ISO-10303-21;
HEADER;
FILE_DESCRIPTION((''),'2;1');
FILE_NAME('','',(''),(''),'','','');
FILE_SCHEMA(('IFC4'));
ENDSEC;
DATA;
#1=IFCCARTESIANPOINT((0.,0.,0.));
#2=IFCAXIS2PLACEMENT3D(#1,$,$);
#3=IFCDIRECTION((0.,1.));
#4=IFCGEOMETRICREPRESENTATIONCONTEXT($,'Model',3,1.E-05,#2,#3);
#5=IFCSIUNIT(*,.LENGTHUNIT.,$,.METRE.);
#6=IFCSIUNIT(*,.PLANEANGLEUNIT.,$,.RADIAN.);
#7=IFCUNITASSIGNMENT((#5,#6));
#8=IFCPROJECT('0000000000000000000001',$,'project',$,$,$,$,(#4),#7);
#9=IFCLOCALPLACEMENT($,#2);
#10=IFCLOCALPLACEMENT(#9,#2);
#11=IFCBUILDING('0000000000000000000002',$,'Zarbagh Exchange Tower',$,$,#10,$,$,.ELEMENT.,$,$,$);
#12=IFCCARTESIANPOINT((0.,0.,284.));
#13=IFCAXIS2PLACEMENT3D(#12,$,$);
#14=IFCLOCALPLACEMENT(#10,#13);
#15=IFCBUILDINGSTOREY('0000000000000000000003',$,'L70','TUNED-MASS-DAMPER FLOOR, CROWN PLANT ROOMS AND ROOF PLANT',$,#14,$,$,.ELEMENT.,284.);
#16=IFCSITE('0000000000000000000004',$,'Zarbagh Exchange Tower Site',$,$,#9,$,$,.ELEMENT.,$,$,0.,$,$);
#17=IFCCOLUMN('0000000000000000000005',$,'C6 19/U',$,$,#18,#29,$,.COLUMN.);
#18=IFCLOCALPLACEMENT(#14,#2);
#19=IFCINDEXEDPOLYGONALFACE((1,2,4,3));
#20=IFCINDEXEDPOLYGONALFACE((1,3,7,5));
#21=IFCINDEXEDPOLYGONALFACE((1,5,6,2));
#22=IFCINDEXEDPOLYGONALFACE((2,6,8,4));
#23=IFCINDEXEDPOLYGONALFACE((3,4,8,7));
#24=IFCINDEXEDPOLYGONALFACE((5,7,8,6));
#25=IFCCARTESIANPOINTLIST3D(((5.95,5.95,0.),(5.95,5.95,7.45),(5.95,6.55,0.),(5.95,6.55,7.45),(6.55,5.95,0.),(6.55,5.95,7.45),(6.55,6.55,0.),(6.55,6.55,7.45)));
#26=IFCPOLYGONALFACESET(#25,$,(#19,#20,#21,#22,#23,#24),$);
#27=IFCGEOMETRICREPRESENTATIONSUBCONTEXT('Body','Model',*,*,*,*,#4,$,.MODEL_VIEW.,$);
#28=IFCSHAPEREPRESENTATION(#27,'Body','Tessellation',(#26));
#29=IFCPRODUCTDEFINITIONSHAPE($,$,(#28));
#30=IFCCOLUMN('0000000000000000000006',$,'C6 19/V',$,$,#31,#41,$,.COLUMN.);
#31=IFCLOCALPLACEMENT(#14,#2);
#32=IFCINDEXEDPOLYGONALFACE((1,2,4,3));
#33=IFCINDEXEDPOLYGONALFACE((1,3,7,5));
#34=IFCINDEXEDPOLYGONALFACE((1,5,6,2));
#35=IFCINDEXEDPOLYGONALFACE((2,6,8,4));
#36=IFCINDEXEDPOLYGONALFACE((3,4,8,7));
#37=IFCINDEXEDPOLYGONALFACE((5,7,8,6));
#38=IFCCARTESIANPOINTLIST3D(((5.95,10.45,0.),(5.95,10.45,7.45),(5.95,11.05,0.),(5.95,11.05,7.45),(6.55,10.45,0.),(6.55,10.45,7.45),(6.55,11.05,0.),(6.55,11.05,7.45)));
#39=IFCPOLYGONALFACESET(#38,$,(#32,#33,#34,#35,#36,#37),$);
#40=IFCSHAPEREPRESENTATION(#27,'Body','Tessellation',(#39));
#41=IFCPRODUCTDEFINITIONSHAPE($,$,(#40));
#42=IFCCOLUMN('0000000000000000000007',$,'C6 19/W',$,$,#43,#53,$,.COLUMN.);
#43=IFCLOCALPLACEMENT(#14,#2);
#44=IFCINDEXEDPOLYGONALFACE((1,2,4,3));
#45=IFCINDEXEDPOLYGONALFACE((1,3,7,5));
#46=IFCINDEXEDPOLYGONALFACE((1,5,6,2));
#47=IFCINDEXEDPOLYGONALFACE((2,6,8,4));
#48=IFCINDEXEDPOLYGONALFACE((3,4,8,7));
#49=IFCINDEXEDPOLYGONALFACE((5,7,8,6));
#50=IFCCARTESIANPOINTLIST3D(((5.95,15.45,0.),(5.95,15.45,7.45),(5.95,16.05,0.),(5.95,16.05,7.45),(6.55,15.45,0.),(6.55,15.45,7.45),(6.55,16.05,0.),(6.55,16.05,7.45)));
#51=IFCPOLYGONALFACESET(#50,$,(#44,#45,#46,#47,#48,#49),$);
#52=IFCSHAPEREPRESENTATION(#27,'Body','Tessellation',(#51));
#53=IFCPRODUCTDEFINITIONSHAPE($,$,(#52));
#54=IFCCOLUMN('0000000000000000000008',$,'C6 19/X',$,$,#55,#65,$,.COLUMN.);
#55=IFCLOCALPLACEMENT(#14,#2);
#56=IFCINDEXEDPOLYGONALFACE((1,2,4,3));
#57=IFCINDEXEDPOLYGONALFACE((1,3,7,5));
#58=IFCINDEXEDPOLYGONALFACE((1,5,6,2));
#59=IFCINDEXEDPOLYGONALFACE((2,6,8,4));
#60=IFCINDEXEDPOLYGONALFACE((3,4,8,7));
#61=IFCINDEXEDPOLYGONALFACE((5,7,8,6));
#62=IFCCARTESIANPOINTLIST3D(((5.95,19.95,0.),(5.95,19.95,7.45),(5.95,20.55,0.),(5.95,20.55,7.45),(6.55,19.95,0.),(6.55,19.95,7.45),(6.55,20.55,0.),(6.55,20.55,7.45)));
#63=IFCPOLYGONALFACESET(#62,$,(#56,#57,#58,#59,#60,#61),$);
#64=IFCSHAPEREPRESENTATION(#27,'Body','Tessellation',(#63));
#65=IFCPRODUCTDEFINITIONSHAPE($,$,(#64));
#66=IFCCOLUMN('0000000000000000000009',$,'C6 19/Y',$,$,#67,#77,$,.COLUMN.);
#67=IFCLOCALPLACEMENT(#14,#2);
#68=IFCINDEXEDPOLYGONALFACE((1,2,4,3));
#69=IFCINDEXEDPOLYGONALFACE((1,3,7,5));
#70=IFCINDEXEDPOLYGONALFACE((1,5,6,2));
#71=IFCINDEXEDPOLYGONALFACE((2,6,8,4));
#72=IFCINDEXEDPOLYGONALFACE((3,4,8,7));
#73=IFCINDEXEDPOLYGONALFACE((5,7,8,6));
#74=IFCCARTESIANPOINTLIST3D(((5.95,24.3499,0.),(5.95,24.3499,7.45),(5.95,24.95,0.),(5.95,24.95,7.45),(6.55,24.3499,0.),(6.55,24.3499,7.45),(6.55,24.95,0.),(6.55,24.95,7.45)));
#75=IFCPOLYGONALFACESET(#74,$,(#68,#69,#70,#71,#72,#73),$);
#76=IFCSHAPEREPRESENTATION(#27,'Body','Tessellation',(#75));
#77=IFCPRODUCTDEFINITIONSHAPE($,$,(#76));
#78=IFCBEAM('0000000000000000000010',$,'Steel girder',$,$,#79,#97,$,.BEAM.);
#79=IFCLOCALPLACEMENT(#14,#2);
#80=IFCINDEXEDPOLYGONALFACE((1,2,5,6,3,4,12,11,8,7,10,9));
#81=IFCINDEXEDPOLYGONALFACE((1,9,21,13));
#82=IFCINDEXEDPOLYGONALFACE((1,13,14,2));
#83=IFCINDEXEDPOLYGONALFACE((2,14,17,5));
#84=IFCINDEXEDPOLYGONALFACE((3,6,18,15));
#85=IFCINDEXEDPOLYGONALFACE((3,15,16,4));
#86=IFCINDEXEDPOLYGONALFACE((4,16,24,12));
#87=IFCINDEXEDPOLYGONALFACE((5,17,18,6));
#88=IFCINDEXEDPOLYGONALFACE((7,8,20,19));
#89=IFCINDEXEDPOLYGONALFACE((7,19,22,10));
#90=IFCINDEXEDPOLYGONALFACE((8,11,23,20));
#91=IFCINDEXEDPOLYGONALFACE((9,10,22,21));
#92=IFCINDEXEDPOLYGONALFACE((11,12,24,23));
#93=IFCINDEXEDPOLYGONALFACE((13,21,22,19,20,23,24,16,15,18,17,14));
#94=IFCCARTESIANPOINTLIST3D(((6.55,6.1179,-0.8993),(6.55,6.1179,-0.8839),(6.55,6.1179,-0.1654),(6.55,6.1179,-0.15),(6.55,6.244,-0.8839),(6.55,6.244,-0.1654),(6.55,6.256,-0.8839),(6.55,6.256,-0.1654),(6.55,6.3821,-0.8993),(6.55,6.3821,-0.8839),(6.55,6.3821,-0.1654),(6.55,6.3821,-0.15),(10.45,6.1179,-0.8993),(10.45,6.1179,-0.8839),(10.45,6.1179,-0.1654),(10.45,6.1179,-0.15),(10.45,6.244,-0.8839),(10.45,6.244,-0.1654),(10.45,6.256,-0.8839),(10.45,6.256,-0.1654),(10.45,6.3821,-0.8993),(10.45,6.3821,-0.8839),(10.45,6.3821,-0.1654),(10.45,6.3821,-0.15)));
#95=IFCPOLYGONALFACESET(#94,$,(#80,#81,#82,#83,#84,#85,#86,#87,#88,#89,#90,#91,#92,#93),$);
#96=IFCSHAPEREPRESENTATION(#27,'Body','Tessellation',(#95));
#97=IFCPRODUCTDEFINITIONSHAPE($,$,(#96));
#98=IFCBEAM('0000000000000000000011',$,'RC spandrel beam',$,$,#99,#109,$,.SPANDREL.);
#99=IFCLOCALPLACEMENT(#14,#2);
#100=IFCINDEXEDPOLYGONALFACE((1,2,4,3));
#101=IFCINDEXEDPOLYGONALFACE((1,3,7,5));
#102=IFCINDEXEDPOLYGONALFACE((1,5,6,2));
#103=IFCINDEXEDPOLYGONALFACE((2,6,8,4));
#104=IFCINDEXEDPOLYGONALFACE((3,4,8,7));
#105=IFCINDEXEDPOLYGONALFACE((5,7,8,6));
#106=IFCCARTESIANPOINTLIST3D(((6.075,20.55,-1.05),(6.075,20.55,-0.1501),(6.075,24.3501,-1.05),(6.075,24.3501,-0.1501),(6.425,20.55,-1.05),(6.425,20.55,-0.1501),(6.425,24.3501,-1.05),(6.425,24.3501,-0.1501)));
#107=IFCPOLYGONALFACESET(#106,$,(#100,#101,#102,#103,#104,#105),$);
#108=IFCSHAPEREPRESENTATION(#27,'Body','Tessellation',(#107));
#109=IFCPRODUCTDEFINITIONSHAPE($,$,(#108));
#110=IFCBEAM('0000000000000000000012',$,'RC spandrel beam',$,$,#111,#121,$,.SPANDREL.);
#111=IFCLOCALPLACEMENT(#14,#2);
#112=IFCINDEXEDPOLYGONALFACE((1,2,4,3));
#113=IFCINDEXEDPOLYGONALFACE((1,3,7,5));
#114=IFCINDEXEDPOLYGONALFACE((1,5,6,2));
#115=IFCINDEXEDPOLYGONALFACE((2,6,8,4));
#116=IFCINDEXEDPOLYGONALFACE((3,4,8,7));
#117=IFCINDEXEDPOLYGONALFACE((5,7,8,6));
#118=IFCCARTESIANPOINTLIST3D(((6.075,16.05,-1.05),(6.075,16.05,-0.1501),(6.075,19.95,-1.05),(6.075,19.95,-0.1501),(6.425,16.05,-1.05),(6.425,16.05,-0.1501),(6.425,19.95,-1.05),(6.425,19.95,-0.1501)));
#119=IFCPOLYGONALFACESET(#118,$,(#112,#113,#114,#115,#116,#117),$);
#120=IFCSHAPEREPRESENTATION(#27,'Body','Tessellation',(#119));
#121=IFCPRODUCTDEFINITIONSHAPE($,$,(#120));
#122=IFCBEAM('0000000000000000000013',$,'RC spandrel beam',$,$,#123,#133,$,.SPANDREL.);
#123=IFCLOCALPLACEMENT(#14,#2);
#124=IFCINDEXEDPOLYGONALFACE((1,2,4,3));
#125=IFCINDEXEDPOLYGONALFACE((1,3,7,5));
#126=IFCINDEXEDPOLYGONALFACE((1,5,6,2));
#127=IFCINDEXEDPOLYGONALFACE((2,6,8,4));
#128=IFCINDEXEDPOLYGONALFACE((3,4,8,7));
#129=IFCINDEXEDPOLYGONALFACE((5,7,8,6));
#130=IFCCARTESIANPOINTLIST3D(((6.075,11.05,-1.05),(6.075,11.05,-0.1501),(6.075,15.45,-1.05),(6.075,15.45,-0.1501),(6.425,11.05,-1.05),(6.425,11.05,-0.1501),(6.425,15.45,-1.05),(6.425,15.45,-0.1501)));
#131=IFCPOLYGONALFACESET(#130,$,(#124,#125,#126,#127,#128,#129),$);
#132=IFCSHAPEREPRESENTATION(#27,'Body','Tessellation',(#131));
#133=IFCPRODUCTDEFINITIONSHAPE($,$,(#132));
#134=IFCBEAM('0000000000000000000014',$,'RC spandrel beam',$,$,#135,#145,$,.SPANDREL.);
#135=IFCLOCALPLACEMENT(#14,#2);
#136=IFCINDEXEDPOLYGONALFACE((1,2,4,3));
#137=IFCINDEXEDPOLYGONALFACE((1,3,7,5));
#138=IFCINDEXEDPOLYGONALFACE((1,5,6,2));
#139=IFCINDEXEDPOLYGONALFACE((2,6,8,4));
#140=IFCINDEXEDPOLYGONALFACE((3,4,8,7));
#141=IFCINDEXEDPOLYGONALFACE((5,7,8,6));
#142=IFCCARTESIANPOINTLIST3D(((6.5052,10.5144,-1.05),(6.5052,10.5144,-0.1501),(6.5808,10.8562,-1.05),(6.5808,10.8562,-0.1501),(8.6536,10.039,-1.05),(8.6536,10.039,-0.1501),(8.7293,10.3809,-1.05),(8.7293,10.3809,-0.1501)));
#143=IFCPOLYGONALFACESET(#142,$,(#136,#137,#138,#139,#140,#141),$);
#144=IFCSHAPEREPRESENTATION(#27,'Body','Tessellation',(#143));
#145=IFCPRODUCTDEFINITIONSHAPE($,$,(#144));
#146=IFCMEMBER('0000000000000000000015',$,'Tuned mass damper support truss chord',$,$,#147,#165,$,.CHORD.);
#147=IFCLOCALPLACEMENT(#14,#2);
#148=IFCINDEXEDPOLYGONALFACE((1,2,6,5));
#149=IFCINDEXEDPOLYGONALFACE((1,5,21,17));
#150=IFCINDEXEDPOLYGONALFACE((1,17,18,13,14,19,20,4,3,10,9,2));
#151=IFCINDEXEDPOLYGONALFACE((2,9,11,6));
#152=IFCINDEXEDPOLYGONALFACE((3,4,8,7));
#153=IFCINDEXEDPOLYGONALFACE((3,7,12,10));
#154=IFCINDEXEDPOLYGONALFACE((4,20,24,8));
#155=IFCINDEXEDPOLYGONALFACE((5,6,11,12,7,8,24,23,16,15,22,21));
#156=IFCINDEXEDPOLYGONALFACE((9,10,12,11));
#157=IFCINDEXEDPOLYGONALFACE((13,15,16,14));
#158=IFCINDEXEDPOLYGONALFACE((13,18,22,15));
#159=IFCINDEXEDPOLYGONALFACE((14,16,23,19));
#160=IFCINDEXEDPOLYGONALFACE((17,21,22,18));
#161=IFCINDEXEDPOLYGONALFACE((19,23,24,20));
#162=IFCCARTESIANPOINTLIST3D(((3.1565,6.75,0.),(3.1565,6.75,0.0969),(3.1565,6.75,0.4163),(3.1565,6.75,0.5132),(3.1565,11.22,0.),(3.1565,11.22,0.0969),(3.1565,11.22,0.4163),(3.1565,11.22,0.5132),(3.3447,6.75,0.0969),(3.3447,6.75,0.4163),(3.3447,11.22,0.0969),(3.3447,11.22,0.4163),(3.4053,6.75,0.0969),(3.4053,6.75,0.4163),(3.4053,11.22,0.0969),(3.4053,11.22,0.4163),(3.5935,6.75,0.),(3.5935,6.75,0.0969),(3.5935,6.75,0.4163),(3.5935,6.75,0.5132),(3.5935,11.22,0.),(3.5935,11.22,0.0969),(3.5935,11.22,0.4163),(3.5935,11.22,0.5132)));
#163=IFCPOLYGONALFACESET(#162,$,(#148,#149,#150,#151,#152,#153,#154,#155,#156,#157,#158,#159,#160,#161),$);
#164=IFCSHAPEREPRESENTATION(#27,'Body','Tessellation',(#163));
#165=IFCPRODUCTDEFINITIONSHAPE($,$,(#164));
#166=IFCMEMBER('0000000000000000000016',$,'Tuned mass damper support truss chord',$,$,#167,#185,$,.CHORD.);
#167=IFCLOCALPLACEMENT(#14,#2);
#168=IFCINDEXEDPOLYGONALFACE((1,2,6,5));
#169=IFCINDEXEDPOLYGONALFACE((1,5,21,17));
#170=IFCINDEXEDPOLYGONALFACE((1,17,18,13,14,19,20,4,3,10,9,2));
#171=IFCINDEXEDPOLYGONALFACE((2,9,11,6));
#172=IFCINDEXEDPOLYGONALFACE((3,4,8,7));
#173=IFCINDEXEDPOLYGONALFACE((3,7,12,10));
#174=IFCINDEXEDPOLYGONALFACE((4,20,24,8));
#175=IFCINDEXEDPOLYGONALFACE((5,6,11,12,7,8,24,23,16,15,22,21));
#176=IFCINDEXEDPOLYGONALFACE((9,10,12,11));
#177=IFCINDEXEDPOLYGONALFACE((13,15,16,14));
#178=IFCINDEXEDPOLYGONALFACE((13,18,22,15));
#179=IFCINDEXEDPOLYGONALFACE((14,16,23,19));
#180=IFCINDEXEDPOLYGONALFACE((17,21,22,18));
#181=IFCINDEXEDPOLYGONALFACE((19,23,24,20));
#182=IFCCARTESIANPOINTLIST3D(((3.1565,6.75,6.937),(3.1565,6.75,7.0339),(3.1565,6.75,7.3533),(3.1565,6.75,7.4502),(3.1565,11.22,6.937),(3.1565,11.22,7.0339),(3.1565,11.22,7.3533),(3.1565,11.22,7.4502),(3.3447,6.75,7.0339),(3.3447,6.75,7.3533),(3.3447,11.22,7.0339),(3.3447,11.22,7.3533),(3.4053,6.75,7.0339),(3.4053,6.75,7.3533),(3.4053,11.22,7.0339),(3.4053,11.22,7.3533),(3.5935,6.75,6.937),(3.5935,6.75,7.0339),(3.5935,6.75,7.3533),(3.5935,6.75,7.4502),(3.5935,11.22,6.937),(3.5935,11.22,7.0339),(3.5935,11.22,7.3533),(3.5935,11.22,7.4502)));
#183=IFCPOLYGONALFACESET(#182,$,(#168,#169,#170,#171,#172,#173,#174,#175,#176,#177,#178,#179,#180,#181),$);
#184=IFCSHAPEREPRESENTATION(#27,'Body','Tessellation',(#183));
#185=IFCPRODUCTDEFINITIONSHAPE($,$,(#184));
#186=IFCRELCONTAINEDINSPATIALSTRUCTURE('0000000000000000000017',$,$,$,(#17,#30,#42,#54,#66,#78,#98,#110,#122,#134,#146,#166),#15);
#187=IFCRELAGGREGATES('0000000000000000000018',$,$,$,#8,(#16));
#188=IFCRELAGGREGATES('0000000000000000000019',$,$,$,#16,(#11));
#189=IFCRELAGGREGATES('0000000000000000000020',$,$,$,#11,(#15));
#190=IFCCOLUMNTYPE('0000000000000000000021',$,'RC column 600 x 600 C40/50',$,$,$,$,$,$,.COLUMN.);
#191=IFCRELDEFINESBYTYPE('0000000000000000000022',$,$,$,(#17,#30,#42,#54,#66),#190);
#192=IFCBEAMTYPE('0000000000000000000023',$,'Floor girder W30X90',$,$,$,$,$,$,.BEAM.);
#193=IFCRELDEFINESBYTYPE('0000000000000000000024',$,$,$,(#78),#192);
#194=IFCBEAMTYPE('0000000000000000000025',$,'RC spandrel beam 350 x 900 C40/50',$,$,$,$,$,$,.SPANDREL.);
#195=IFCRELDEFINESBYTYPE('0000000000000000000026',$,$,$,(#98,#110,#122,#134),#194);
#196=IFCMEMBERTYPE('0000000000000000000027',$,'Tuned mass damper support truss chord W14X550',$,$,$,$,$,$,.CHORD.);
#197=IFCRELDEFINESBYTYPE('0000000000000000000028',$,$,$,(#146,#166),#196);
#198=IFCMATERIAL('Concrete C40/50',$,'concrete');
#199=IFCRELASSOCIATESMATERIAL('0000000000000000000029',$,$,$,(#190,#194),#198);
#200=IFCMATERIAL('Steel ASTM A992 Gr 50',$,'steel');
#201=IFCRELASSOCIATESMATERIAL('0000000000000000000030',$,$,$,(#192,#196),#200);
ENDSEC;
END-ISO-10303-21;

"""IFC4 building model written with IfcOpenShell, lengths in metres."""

from ifc_helpers import new_model, si_unit, direction, frame, origin, origin_2d, place, context, subcontext, project, spatial, rectangle, i_section, extrude, material, material_profile, profile_set, type_object, element, save


model = new_model("IFC4")

# Units and contexts
model_context = context("Model", 3, precision=1e-05, world=origin(), true_north=direction((0.0, 1.0)))
body_context = subcontext(model_context, "Body", "Model", "MODEL_VIEW")
ifc_project = project(units=[si_unit("LENGTHUNIT", "METRE"), si_unit("PLANEANGLEUNIT", "RADIAN")], contexts=[model_context])

# Site, building, storey
site_placement = place(None, origin())
site = spatial("IfcSite", under=ifc_project, at=site_placement, Name="Zarbagh Exchange Tower Site", CompositionType="ELEMENT", RefElevation=0.0)
building_placement = place(site_placement, origin())
building = spatial("IfcBuilding", under=site, at=building_placement, Name="Zarbagh Exchange Tower", CompositionType="ELEMENT")
storey_placement = place(building_placement, frame((0.0, 0.0, 284.0)))
storey = spatial("IfcBuildingStorey", under=building, at=storey_placement, Name="L70", Description="TUNED-MASS-DAMPER FLOOR, CROWN PLANT ROOMS AND ROOF PLANT", CompositionType="ELEMENT", Elevation=284.0)

# Columns
ifc_material_1 = material(Name="Concrete C40/50", Category="concrete")
ifc_material_profile_1 = material_profile(ifc_material_1, rectangle(XDim=0.6001, YDim=0.6001, at=origin_2d()), Name="RC column 600 x 600 C40/50")
ifc_profile_set_1 = profile_set([ifc_material_profile_1], Name="Concrete C40/50")
column_type = type_object("IfcColumnType", Name="RC column 600 x 600 C40/50", PredefinedType="COLUMN", material=ifc_profile_set_1)
for number, where, z_axis, x_axis, name in (
    (1, (6.25, 6.25, 0.0), (0.0, 0.0, 1.0), (1.0, 0.0, 0.0), "C6 19/U"),
    (2, (6.25, 10.75, 0.0), (0.0, 0.0, 1.0), (1.0, 0.0, 0.0), "C6 19/V"),
    (3, (6.25, 15.75, 0.0), (0.0, 0.0, 1.0), (1.0, 0.0, 0.0), "C6 19/W"),
    (4, (6.25, 20.25, 0.0), (0.0, 0.0, 1.0), (1.0, 0.0, 0.0), "C6 19/X"),
    (5, (6.25, 24.6499, 0.0), (0.0, 0.0, 1.0), (1.0, 0.0, 0.0), "C6 19/Y"),
):
    element("IfcColumn", number, at=place(storey_placement, frame(where, z_axis=z_axis, x_axis=x_axis)), inside=storey, type_object=column_type, Name=name, PredefinedType="COLUMN", context=body_context, shape_type="SweptSolid", body=[
        extrude(rectangle(XDim=0.6001, YDim=0.6001, at=origin_2d()), origin(), (0.0, 0.0, 1.0), 7.45),
    ])

# Beams
ifc_material_2 = material(Name="Steel ASTM A992 Gr 50", Category="steel")
ifc_material_profile_2 = material_profile(ifc_material_2, i_section(OverallWidth=0.2642, OverallDepth=0.7493, WebThickness=0.012, FlangeThickness=0.0154, at=origin_2d()), Name="W30X90")
ifc_profile_set_2 = profile_set([ifc_material_profile_2], Name="Steel ASTM A992 Gr 50")
beam_type_1 = type_object("IfcBeamType", Name="Floor girder W30X90", PredefinedType="BEAM", material=ifc_profile_set_2)
beam_1_placement = place(storey_placement, frame((6.55, 6.25, -0.5247), z_axis=(1.0, 0.0, 0.0), x_axis=(0.0, 1.0, 0.0)))
element("IfcBeam", 6, at=beam_1_placement, inside=storey, type_object=beam_type_1, Name="Steel girder", PredefinedType="BEAM", context=body_context, shape_type="SweptSolid", body=[
    extrude(i_section(OverallWidth=0.2642, OverallDepth=0.7493, WebThickness=0.012, FlangeThickness=0.0154, at=origin_2d()), origin(), (0.0, 0.0, 1.0), 3.8999),
])
ifc_material_profile_3 = material_profile(ifc_material_1, rectangle(XDim=0.3501, YDim=0.8999, at=origin_2d()), Name="RC spandrel beam 350 x 900 C40/50")
ifc_profile_set_3 = profile_set([ifc_material_profile_3], Name="Concrete C40/50")
beam_type_2 = type_object("IfcBeamType", Name="RC spandrel beam 350 x 900 C40/50", PredefinedType="SPANDREL", material=ifc_profile_set_3)
beam_2_placement = place(storey_placement, frame((6.25, 24.3501, -0.6001), z_axis=(0.0, -1.0, 0.0), x_axis=(1.0, 0.0, 0.0)))
element("IfcBeam", 7, at=beam_2_placement, inside=storey, type_object=beam_type_2, Name="RC spandrel beam", PredefinedType="SPANDREL", context=body_context, shape_type="SweptSolid", body=[
    extrude(rectangle(XDim=0.3501, YDim=0.8999, at=origin_2d()), origin(), (0.0, 0.0, 1.0), 3.8),
])
beam_3_placement = place(storey_placement, frame((6.25, 19.95, -0.6001), z_axis=(0.0, -1.0, 0.0), x_axis=(1.0, 0.0, 0.0)))
element("IfcBeam", 8, at=beam_3_placement, inside=storey, type_object=beam_type_2, Name="RC spandrel beam", PredefinedType="SPANDREL", context=body_context, shape_type="SweptSolid", body=[
    extrude(rectangle(XDim=0.3501, YDim=0.8999, at=origin_2d()), origin(), (0.0, 0.0, 1.0), 3.8999),
])
beam_4_placement = place(storey_placement, frame((6.25, 15.45, -0.6001), z_axis=(0.0, -1.0, 0.0), x_axis=(1.0, 0.0, 0.0)))
element("IfcBeam", 9, at=beam_4_placement, inside=storey, type_object=beam_type_2, Name="RC spandrel beam", PredefinedType="SPANDREL", context=body_context, shape_type="SweptSolid", body=[
    extrude(rectangle(XDim=0.3501, YDim=0.8999, at=origin_2d()), origin(), (0.0, 0.0, 1.0), 4.3999),
])
beam_5_placement = place(storey_placement, frame((6.543, 10.6853, -0.6001), z_axis=(0.976388, -0.216026, 0.0), x_axis=(0.216026, 0.976388, 0.0)))
element("IfcBeam", 10, at=beam_5_placement, inside=storey, type_object=beam_type_2, Name="RC spandrel beam", PredefinedType="SPANDREL", context=body_context, shape_type="SweptSolid", body=[
    extrude(rectangle(XDim=0.3501, YDim=0.8999, at=origin_2d()), origin(), (0.0, 0.0, 1.0), 2.2004),
])

# Members
ifc_material_profile_4 = material_profile(ifc_material_2, i_section(OverallWidth=0.437, OverallDepth=0.5132, WebThickness=0.0605, FlangeThickness=0.0969, at=origin_2d()), Name="W14X550")
ifc_profile_set_4 = profile_set([ifc_material_profile_4], Name="Steel ASTM A992 Gr 50")
member_type_1 = type_object("IfcMemberType", Name="Tuned mass damper support truss chord W14X550", PredefinedType="CHORD", material=ifc_profile_set_4)
for number, where, z_axis, x_axis, name in (
    (11, (3.375, 6.75, 0.2566), (0.0, 1.0, 0.0), (-1.0, 0.0, 0.0), "Tuned mass damper support truss chord"),
    (12, (3.375, 6.75, 7.1936), (0.0, 1.0, 0.0), (-1.0, 0.0, 0.0), "Tuned mass damper support truss chord"),
):
    element("IfcMember", number, at=place(storey_placement, frame(where, z_axis=z_axis, x_axis=x_axis)), inside=storey, type_object=member_type_1, Name=name, PredefinedType="CHORD", context=body_context, shape_type="SweptSolid", body=[
        extrude(i_section(OverallWidth=0.437, OverallDepth=0.5132, WebThickness=0.0605, FlangeThickness=0.0969, at=origin_2d()), origin(), (0.0, 0.0, 1.0), 4.47),
    ])

save(model, "model.ifc")
